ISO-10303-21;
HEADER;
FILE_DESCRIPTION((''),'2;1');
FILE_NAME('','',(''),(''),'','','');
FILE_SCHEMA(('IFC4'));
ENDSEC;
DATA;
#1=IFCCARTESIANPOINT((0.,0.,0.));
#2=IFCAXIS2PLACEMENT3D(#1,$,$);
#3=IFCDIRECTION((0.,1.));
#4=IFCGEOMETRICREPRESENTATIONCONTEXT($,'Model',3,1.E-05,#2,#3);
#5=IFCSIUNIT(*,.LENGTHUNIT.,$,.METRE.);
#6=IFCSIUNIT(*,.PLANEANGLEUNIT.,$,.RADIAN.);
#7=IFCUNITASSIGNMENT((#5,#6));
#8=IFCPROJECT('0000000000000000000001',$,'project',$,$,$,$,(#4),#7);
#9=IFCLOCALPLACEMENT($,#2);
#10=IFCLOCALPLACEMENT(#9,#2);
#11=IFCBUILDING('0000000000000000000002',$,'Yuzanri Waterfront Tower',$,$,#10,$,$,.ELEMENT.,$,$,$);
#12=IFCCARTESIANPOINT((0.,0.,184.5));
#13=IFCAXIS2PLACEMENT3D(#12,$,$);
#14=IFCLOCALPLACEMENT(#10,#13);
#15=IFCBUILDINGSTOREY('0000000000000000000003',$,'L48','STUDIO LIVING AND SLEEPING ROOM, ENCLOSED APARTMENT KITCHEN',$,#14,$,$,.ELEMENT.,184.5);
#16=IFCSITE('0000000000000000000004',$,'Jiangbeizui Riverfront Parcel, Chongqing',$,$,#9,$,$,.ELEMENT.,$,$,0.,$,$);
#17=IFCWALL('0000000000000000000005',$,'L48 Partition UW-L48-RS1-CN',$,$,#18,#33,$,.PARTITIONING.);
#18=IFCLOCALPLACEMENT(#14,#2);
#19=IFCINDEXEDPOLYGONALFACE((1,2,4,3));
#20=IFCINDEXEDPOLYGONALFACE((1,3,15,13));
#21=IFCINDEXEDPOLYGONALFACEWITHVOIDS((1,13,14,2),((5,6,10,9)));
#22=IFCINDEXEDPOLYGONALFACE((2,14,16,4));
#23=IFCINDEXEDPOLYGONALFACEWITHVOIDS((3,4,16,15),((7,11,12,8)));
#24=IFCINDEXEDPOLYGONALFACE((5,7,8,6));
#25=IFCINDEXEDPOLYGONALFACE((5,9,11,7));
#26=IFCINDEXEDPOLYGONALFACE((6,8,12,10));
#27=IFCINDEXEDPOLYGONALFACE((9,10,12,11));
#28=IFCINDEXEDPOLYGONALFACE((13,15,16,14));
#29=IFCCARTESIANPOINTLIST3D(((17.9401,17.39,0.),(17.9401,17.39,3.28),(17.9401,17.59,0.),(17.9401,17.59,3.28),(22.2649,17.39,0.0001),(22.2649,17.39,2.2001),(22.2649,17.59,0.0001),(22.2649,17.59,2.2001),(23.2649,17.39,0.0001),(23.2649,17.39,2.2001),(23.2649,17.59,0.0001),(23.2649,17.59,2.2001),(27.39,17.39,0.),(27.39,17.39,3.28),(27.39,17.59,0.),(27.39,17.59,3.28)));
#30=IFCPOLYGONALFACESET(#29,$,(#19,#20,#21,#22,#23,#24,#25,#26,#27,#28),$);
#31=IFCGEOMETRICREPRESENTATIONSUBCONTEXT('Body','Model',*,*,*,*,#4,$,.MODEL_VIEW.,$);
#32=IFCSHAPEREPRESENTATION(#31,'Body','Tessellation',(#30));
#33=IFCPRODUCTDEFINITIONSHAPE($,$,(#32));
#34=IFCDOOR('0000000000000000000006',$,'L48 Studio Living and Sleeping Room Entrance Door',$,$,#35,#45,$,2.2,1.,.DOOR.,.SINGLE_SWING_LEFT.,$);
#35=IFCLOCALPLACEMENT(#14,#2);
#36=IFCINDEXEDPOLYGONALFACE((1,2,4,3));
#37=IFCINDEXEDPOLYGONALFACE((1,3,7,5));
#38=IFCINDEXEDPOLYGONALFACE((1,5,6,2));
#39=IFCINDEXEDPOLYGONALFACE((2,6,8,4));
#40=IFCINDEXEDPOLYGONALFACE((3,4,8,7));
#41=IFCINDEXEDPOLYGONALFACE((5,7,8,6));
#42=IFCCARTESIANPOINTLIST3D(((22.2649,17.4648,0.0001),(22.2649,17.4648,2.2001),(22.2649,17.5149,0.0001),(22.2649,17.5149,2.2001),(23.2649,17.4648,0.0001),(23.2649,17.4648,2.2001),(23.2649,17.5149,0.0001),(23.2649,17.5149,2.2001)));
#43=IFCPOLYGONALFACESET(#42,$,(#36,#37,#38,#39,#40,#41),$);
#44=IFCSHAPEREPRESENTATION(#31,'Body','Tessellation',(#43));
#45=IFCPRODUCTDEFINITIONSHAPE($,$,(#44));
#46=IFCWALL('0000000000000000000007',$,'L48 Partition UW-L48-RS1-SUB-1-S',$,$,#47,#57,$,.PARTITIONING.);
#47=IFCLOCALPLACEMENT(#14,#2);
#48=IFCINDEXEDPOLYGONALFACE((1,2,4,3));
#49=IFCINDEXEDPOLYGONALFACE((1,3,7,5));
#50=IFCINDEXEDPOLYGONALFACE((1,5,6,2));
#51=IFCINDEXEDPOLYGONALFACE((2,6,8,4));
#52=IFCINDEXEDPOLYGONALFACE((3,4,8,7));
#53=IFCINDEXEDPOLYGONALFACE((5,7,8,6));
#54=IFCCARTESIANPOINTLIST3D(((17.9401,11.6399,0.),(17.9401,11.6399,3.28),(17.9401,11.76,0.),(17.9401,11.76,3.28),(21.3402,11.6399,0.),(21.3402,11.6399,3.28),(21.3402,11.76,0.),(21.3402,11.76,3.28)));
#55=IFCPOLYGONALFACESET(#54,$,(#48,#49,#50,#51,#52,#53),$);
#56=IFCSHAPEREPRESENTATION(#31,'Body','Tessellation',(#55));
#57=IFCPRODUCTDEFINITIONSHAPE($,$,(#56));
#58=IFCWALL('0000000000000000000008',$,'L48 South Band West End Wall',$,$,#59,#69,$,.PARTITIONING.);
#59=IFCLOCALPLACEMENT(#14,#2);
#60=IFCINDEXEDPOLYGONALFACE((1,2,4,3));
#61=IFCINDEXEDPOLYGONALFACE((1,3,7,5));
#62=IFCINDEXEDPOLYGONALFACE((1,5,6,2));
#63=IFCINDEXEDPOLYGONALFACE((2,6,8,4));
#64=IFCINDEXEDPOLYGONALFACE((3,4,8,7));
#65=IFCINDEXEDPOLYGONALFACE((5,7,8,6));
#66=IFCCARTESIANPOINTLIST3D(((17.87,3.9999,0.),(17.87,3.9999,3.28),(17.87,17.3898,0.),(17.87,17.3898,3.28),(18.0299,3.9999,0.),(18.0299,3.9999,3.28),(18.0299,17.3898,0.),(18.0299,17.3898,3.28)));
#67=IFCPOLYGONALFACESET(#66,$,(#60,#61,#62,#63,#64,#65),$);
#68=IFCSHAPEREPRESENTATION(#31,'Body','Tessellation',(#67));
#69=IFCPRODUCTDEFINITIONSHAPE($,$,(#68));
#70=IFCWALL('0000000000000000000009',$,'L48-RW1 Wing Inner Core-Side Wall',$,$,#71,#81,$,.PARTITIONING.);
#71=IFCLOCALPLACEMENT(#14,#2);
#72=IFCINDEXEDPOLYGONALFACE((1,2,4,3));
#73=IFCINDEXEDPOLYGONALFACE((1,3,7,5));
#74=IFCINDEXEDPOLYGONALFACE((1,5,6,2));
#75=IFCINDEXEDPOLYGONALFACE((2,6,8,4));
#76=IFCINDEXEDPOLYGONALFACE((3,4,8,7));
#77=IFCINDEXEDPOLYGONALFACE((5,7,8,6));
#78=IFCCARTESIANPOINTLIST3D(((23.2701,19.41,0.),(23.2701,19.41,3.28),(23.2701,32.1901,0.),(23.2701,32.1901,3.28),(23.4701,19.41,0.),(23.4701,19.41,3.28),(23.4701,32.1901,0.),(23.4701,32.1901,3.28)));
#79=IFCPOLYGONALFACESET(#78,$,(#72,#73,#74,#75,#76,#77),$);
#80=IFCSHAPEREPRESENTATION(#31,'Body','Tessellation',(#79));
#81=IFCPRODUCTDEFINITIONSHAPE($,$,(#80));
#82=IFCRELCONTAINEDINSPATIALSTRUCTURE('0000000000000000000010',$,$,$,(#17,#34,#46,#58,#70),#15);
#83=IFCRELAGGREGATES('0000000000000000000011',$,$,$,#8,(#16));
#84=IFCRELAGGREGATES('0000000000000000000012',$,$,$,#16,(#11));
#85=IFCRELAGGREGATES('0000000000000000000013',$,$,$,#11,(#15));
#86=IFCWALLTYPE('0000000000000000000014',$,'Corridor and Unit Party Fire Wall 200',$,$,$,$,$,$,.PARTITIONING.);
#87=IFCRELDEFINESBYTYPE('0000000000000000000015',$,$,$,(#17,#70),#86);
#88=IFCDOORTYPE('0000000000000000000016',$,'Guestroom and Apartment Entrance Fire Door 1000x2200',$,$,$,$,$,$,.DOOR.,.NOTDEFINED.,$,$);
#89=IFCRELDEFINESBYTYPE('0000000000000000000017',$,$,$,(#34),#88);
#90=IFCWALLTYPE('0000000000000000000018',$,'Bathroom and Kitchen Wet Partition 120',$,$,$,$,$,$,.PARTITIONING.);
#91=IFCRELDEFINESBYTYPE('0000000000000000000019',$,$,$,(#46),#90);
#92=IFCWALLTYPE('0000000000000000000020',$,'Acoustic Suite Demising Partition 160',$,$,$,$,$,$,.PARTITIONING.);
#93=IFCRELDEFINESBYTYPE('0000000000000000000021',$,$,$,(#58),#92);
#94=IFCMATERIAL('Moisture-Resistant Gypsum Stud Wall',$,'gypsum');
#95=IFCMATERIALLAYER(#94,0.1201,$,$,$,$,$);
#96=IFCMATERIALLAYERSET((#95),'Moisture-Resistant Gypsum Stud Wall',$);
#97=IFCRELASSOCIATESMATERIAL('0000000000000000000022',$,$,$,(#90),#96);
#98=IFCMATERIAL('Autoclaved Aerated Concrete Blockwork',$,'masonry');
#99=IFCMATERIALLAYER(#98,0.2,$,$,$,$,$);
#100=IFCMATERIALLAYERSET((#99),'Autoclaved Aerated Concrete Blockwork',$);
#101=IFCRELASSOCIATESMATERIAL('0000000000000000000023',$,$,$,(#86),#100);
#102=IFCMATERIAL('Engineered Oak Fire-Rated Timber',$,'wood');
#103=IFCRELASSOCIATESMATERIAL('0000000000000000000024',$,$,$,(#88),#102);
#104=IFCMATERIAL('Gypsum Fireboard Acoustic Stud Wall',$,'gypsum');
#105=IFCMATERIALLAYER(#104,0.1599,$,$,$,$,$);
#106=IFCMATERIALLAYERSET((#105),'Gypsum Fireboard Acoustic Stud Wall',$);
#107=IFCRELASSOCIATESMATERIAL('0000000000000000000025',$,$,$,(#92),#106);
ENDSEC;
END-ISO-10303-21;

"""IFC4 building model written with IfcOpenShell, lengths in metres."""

from ifc_helpers import new_model, si_unit, direction, frame, frame_2d, origin, place, context, subcontext, project, spatial, rectangle, extrude, source, transform, mapped, material, layer, layer_set, type_object, element, fill, save


model = new_model("IFC4")

# Units and contexts
model_context = context("Model", 3, precision=1e-05, world=origin(), true_north=direction((0.0, 1.0)))
body_context = subcontext(model_context, "Body", "Model", "MODEL_VIEW")
ifc_project = project(units=[si_unit("LENGTHUNIT", "METRE"), si_unit("PLANEANGLEUNIT", "RADIAN")], contexts=[model_context])

# Site, building, storey
site_placement = place(None, origin())
site = spatial("IfcSite", under=ifc_project, at=site_placement, Name="Jiangbeizui Riverfront Parcel, Chongqing", CompositionType="ELEMENT", RefElevation=0.0)
building_placement = place(site_placement, origin())
building = spatial("IfcBuilding", under=site, at=building_placement, Name="Yuzanri Waterfront Tower", CompositionType="ELEMENT")
storey_placement = place(building_placement, frame((0.0, 0.0, 184.5)))
storey = spatial("IfcBuildingStorey", under=building, at=storey_placement, Name="L48", Description="STUDIO LIVING AND SLEEPING ROOM, ENCLOSED APARTMENT KITCHEN", CompositionType="ELEMENT", Elevation=184.5)

# Shared definitions
ifc_material_1 = material(Name="Moisture-Resistant Gypsum Stud Wall", Category="gypsum")
ifc_layer_1 = layer(ifc_material_1, 0.1201)
ifc_layer_set_1 = layer_set([ifc_layer_1], Name="Moisture-Resistant Gypsum Stud Wall")
wall_type_1 = type_object("IfcWallType", Name="Bathroom and Kitchen Wet Partition 120", PredefinedType="PARTITIONING", material=ifc_layer_set_1)

# Wall, opening, door
ifc_material_2 = material(Name="Autoclaved Aerated Concrete Blockwork", Category="masonry")
ifc_layer_2 = layer(ifc_material_2, 0.2)
ifc_layer_set_2 = layer_set([ifc_layer_2], Name="Autoclaved Aerated Concrete Blockwork")
wall_type_2 = type_object("IfcWallType", Name="Corridor and Unit Party Fire Wall 200", PredefinedType="PARTITIONING", material=ifc_layer_set_2)
wall_1_placement = place(storey_placement, frame((17.9399, 17.49, 0.0), z_axis=(0.0, 0.0, 1.0), x_axis=(1.0, 0.0, 0.0)))
wall_1 = element("IfcWall", 1, at=wall_1_placement, inside=storey, type_object=wall_type_2, Name="L48 Partition UW-L48-RS1-CN", PredefinedType="PARTITIONING", context=body_context, shape_type="SweptSolid", body=[
    extrude(rectangle(XDim=9.45, YDim=0.2, at=frame_2d((4.7251, 0.0))), origin(), (0.0, 0.0, 1.0), 3.28),
])
opening_1_placement = place(wall_1_placement, frame((4.325, 0.0, 0.0)))
opening_1 = element("IfcOpeningElement", 2, at=opening_1_placement, cuts=wall_1, PredefinedType="OPENING", context=body_context, shape_type="SweptSolid", body=[
    extrude(rectangle(XDim=1.0, YDim=2.2, at=frame_2d((0.5, 1.1001))), frame((0.0, 0.1147, 0.0), z_axis=(0.0, -1.0, 0.0), x_axis=(1.0, 0.0, 0.0)), (0.0, 0.0, 1.0), 0.2297),
])
ifc_material_3 = material(Name="Engineered Oak Fire-Rated Timber", Category="wood")
door_type_1 = type_object("IfcDoorType", Name="Guestroom and Apartment Entrance Fire Door 1000x2200", OperationType="NOTDEFINED", PredefinedType="DOOR", material=ifc_material_3)
shared_shape_1 = source(origin(), body_context, "Body", "SweptSolid", [
    extrude(rectangle(XDim=1.0, YDim=2.2, at=frame_2d((0.5, 1.1001))), frame((0.0, 0.0249, 0.0), z_axis=(0.0, -1.0, 0.0), x_axis=(1.0, 0.0, 0.0)), (0.0, 0.0, 1.0), 0.05),
])
door_1_placement = place(opening_1_placement, origin())
door_1 = element("IfcDoor", 3, at=door_1_placement, inside=storey, type_object=door_type_1, Name="L48 Studio Living and Sleeping Room Entrance Door", OperationType="SINGLE_SWING_LEFT", OverallHeight=2.2, OverallWidth=1.0, PredefinedType="DOOR", context=body_context, shape_type="MappedRepresentation", body=[
    mapped(shared_shape_1, transform((0.0, 0.0, 0.0), scale=1.0)),
])
fill(opening_1, door_1)

# Walls
shared_shape_2 = source(origin(), body_context, "Body", "SweptSolid", [
    extrude(rectangle(XDim=3.4001, YDim=0.1201, at=frame_2d((1.7002, 0.0))), origin(), (0.0, 0.0, 1.0), 3.28),
])
wall_2_placement = place(storey_placement, frame((17.9399, 11.7, 0.0), z_axis=(0.0, 0.0, 1.0), x_axis=(1.0, 0.0, 0.0)))
element("IfcWall", 4, at=wall_2_placement, inside=storey, type_object=wall_type_1, Name="L48 Partition UW-L48-RS1-SUB-1-S", PredefinedType="PARTITIONING", context=body_context, shape_type="MappedRepresentation", body=[
    mapped(shared_shape_2, transform((0.0, 0.0, 0.0), scale=1.0)),
])
ifc_material_4 = material(Name="Gypsum Fireboard Acoustic Stud Wall", Category="gypsum")
ifc_layer_3 = layer(ifc_material_4, 0.1599)
ifc_layer_set_3 = layer_set([ifc_layer_3], Name="Gypsum Fireboard Acoustic Stud Wall")
wall_type_3 = type_object("IfcWallType", Name="Acoustic Suite Demising Partition 160", PredefinedType="PARTITIONING", material=ifc_layer_set_3)
shared_shape_3 = source(origin(), body_context, "Body", "SweptSolid", [
    extrude(rectangle(XDim=13.3899, YDim=0.1599, at=frame_2d((6.6948, 0.0))), origin(), (0.0, 0.0, 1.0), 3.28),
])
wall_3_placement = place(storey_placement, frame((17.95, 4.0, 0.0), z_axis=(0.0, 0.0, 1.0), x_axis=(0.0, 1.0, 0.0)))
element("IfcWall", 5, at=wall_3_placement, inside=storey, type_object=wall_type_3, Name="L48 South Band West End Wall", PredefinedType="PARTITIONING", context=body_context, shape_type="MappedRepresentation", body=[
    mapped(shared_shape_3, transform((0.0, 0.0, 0.0), scale=1.0)),
])
shared_shape_4 = source(origin(), body_context, "Body", "SweptSolid", [
    extrude(rectangle(XDim=12.78, YDim=0.2, at=frame_2d((6.3901, 0.0))), origin(), (0.0, 0.0, 1.0), 3.28),
])
wall_4_placement = place(storey_placement, frame((23.3701, 19.4099, 0.0), z_axis=(0.0, 0.0, 1.0), x_axis=(0.0, 1.0, 0.0)))
element("IfcWall", 6, at=wall_4_placement, inside=storey, type_object=wall_type_2, Name="L48-RW1 Wing Inner Core-Side Wall", PredefinedType="PARTITIONING", context=body_context, shape_type="MappedRepresentation", body=[
    mapped(shared_shape_4, transform((0.0, 0.0, 0.0), scale=1.0)),
])

save(model, "model.ifc")
